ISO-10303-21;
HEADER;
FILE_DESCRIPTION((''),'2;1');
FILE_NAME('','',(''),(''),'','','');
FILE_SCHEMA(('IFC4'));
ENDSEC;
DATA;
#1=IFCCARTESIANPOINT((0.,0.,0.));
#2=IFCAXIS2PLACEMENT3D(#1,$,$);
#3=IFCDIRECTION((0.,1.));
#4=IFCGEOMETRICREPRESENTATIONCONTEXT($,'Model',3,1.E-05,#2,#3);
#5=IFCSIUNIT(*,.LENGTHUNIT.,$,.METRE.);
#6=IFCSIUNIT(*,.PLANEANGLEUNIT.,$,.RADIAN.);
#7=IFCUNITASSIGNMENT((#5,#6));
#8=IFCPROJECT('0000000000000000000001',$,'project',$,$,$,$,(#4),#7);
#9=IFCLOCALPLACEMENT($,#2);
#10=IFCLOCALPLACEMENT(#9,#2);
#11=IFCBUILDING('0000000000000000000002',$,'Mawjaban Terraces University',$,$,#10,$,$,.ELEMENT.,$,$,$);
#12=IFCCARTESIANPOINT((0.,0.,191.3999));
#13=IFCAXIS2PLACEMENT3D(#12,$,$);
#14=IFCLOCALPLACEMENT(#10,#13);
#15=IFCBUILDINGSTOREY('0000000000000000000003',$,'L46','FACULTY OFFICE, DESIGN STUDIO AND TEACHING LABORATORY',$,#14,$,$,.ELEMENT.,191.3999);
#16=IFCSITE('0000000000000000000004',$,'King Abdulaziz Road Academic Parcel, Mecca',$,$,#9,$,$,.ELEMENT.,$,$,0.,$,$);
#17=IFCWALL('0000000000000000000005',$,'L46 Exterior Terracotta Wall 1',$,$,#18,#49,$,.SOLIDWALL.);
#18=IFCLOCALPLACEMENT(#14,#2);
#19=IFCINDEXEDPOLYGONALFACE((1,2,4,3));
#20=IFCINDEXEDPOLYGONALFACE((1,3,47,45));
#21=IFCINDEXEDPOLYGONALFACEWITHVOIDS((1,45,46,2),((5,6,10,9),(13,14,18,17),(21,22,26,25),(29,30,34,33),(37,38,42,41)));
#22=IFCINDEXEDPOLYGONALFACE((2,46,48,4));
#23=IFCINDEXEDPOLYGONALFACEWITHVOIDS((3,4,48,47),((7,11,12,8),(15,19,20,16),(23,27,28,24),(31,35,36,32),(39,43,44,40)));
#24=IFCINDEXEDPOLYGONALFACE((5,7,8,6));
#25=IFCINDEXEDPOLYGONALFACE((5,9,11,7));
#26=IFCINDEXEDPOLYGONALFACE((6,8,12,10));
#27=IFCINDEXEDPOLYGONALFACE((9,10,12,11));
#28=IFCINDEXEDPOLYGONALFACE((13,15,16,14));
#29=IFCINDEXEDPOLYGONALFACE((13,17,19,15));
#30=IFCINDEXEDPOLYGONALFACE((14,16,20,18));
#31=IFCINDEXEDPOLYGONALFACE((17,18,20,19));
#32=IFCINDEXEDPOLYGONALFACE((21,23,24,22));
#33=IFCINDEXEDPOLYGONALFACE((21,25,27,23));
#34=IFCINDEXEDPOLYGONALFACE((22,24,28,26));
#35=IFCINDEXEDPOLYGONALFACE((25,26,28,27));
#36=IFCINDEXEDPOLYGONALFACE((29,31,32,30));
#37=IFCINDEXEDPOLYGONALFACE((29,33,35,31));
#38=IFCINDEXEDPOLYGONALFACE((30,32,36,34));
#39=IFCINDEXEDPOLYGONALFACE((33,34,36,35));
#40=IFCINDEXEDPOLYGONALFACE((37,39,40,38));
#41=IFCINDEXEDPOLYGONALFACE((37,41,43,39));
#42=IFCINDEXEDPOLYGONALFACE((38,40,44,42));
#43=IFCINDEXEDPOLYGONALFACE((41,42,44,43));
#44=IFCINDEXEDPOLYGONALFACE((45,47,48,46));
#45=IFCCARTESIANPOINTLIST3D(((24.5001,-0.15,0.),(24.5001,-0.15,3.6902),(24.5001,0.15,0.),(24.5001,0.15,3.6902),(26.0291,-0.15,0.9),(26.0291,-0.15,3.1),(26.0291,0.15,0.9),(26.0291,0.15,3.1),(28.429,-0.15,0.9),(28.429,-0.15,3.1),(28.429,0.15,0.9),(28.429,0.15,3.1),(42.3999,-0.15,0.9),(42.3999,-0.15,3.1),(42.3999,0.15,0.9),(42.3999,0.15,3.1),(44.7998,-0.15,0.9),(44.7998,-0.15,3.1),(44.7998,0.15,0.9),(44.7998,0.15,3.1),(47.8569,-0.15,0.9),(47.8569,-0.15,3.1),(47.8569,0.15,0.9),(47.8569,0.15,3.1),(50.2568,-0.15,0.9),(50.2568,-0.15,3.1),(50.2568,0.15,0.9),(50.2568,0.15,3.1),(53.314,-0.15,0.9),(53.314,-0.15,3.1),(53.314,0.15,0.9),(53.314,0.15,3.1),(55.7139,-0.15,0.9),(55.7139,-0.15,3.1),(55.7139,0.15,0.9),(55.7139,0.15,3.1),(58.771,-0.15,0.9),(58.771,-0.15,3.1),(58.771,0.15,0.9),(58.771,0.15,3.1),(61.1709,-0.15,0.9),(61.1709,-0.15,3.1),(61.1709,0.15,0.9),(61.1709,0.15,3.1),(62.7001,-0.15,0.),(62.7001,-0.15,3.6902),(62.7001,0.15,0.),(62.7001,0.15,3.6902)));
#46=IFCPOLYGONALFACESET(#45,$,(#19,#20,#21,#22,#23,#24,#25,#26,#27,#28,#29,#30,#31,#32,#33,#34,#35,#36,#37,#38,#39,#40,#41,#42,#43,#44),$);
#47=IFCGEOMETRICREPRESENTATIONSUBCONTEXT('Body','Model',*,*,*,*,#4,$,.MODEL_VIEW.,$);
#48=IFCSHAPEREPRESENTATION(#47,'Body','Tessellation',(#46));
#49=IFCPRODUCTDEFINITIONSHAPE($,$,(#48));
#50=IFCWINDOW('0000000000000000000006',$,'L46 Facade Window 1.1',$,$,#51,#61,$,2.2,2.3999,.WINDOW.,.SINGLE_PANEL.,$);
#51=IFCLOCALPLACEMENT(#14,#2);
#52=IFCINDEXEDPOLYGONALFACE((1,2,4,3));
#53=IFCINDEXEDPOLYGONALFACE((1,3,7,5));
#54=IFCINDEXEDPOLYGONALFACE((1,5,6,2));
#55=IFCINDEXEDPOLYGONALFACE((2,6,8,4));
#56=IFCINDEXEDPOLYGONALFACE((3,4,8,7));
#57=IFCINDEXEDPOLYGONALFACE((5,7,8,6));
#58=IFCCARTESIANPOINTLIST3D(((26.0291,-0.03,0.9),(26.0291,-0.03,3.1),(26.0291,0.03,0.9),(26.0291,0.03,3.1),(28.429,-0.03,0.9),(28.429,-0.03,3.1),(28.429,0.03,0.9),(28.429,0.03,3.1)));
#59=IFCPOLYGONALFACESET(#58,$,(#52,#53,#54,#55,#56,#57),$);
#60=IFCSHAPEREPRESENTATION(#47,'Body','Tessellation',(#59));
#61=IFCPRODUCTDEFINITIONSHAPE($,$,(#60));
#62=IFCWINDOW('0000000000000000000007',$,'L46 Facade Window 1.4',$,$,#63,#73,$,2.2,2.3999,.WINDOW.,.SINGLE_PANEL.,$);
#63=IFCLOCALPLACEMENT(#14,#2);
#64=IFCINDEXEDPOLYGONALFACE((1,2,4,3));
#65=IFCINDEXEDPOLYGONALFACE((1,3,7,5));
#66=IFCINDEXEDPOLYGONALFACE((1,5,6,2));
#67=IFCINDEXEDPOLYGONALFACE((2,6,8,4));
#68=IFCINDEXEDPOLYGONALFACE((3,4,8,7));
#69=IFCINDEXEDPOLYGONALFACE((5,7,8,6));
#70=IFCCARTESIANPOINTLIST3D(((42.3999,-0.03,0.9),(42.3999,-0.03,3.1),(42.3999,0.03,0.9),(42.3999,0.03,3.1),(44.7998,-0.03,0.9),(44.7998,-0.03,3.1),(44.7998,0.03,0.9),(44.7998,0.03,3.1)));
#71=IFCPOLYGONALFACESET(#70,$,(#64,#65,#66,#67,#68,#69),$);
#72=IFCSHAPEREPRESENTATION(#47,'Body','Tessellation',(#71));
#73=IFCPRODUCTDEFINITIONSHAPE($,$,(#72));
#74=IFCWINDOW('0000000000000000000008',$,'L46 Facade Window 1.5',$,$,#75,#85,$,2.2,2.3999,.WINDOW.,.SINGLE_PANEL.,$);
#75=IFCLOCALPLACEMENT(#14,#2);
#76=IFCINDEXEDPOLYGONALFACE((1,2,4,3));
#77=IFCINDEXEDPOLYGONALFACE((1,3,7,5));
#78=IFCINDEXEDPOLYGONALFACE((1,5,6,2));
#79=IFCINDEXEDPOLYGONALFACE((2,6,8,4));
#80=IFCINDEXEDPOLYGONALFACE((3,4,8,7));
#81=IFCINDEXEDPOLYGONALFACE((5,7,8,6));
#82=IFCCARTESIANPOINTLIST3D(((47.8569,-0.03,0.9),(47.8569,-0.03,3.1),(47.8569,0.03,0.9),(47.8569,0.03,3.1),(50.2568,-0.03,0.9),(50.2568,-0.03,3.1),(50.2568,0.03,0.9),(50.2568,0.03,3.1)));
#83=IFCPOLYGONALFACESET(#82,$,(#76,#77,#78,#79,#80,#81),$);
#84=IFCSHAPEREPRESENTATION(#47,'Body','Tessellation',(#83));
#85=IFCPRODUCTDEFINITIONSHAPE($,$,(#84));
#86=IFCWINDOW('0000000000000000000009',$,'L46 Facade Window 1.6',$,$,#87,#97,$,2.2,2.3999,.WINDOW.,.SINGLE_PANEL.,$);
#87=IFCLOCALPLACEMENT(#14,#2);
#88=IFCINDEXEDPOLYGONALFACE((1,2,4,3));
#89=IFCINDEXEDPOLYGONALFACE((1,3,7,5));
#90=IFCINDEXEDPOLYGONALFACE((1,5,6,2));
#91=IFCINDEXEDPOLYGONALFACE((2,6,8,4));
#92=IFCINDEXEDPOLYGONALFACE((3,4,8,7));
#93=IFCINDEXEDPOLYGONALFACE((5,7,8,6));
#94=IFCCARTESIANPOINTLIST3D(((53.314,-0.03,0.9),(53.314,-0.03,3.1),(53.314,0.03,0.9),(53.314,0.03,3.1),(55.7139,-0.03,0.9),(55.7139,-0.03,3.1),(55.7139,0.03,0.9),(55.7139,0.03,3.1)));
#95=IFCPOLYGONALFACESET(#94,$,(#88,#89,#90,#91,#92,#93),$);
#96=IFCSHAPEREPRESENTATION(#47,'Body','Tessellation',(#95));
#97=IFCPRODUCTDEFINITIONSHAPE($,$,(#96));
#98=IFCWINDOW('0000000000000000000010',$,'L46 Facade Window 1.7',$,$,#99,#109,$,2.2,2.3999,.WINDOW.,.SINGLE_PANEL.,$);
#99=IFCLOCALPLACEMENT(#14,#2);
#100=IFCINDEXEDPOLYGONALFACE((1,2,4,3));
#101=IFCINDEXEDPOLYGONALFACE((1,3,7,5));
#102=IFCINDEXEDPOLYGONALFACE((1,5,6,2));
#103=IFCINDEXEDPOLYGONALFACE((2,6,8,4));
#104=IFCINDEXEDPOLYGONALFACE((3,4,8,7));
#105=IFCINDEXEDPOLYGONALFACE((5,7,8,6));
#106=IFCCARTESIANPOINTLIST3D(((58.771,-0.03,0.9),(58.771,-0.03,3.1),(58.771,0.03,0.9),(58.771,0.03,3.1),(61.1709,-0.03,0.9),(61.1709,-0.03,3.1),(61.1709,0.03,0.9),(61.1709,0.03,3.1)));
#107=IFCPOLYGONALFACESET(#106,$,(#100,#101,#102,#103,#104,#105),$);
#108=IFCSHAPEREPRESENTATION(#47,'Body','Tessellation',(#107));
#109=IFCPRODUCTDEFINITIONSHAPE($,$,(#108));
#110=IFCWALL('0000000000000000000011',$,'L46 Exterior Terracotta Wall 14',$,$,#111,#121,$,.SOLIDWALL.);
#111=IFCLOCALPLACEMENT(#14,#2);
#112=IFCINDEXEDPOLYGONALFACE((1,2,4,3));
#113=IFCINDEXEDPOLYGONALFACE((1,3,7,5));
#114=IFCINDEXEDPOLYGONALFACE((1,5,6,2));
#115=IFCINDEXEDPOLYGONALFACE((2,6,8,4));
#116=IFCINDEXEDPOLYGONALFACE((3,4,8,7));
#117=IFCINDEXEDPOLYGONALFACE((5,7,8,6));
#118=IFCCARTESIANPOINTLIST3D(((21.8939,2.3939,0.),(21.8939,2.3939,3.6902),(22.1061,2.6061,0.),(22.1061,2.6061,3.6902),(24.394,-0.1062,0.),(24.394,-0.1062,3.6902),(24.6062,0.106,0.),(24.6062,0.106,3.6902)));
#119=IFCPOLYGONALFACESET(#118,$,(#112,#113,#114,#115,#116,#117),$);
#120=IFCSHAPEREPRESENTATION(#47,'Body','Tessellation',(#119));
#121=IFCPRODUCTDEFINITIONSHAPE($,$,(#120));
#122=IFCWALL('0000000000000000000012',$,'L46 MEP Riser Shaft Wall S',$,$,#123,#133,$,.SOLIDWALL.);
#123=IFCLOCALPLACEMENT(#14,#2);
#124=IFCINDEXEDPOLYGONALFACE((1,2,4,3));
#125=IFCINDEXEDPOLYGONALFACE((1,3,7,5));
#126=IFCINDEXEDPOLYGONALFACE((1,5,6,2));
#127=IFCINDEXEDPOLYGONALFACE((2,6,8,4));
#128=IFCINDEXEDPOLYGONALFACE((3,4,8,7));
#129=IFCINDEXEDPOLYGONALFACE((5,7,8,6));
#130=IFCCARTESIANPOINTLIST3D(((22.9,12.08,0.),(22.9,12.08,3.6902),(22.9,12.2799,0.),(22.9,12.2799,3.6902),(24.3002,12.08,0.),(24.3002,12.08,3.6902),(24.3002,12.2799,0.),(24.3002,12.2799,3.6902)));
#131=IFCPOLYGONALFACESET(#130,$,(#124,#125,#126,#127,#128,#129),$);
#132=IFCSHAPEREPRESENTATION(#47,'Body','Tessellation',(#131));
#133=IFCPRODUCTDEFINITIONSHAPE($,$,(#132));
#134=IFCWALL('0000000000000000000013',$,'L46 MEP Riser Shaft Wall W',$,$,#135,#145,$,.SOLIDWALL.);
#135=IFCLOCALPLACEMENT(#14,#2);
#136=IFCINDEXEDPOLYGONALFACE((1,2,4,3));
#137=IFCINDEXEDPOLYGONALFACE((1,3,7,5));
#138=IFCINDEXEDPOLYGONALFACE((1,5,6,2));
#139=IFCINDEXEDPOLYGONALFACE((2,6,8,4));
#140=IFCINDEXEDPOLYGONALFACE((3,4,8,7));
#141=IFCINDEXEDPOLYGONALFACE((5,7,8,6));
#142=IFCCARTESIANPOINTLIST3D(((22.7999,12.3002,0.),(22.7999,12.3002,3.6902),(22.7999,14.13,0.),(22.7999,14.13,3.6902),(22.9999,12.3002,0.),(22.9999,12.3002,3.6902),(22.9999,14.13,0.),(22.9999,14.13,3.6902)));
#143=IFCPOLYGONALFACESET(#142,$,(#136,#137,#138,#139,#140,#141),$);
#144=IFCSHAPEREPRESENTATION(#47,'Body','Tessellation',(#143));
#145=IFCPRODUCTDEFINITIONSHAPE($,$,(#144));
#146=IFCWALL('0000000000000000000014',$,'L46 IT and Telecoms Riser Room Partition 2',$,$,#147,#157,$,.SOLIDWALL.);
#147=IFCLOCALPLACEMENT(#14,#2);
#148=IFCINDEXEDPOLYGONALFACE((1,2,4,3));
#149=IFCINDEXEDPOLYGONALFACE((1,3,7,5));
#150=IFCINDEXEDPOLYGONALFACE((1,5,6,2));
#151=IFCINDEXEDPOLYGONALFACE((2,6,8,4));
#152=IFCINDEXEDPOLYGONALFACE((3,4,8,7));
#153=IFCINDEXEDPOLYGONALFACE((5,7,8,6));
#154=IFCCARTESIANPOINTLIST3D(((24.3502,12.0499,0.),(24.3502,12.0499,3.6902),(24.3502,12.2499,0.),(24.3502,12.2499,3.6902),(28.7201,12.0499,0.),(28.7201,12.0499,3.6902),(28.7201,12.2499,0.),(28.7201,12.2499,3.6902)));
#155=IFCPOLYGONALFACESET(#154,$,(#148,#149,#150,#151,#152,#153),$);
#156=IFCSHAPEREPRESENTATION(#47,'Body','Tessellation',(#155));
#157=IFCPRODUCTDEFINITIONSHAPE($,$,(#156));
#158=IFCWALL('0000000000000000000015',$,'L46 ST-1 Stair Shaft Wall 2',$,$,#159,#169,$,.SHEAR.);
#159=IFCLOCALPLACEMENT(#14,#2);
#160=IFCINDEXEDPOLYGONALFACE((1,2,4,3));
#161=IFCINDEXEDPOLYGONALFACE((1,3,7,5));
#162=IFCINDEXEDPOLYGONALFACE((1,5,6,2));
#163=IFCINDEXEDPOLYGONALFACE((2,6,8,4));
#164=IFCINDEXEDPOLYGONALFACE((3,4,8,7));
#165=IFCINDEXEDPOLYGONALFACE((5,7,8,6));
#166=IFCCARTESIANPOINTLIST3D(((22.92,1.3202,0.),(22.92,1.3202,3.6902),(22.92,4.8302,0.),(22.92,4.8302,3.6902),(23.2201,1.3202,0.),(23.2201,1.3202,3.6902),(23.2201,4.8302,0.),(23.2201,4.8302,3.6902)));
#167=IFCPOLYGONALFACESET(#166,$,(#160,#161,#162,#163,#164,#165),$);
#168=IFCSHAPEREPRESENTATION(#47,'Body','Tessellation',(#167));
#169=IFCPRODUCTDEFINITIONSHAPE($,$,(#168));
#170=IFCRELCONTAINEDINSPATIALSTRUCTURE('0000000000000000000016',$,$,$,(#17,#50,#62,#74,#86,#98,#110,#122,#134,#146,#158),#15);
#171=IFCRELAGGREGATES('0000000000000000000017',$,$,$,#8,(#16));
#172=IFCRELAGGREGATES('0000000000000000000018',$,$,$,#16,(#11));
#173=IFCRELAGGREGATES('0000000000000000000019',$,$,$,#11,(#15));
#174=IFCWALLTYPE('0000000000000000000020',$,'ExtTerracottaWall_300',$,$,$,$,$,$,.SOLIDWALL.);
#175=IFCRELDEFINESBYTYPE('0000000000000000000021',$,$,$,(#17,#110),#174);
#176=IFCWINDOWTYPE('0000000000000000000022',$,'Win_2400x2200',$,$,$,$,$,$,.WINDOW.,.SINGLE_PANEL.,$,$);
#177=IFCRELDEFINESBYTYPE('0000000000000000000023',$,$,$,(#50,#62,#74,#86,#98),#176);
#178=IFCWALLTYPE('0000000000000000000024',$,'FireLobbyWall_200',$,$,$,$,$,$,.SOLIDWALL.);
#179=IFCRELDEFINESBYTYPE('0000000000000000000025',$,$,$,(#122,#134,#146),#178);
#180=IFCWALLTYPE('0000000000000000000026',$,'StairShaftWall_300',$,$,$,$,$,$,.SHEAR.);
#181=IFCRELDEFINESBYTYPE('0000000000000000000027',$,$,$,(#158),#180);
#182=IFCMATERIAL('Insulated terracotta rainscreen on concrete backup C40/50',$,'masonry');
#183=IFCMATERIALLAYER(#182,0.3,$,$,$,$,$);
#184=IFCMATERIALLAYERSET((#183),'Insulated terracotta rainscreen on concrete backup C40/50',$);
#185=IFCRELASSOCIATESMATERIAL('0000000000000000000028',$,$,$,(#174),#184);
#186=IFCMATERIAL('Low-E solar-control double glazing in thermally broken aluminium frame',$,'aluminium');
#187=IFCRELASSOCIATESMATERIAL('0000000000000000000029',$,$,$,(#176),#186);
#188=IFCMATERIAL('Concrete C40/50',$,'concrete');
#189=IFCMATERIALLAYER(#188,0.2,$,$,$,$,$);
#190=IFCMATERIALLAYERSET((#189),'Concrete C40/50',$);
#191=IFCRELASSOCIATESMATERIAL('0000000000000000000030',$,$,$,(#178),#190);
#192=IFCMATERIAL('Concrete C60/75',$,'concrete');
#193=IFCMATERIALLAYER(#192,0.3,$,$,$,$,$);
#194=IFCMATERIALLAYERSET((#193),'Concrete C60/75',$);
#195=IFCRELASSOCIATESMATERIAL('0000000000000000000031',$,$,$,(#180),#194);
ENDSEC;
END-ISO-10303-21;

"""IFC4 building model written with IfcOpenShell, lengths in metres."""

from ifc_helpers import new_model, si_unit, direction, frame, frame_2d, origin, place, context, subcontext, project, spatial, rectangle, extrude, material, layer, layer_set, type_object, element, fill, save


model = new_model("IFC4")

# Units and contexts
model_context = context("Model", 3, precision=1e-05, world=origin(), true_north=direction((0.0, 1.0)))
body_context = subcontext(model_context, "Body", "Model", "MODEL_VIEW")
ifc_project = project(units=[si_unit("LENGTHUNIT", "METRE"), si_unit("PLANEANGLEUNIT", "RADIAN")], contexts=[model_context])

# Site, building, storey
site_placement = place(None, origin())
site = spatial("IfcSite", under=ifc_project, at=site_placement, Name="King Abdulaziz Road Academic Parcel, Mecca", CompositionType="ELEMENT", RefElevation=0.0)
building_placement = place(site_placement, origin())
building = spatial("IfcBuilding", under=site, at=building_placement, Name="Mawjaban Terraces University", CompositionType="ELEMENT")
storey_placement = place(building_placement, frame((0.0, 0.0, 191.3999)))
storey = spatial("IfcBuildingStorey", under=building, at=storey_placement, Name="L46", Description="FACULTY OFFICE, DESIGN STUDIO AND TEACHING LABORATORY", CompositionType="ELEMENT", Elevation=191.3999)

# Shared definitions
ifc_material_1 = material(Name="Concrete C60/75", Category="concrete")

# Wall, openings, windows
ifc_material_2 = material(Name="Insulated terracotta rainscreen on concrete backup C40/50", Category="masonry")
ifc_layer_1 = layer(ifc_material_2, 0.3)
ifc_layer_set_1 = layer_set([ifc_layer_1], Name="Insulated terracotta rainscreen on concrete backup C40/50")
wall_type_1 = type_object("IfcWallType", Name="ExtTerracottaWall_300", PredefinedType="SOLIDWALL", material=ifc_layer_set_1)
wall_1_placement = place(storey_placement, frame((24.5, 0.0, 0.0), z_axis=(0.0, 0.0, 1.0), x_axis=(1.0, 0.0, 0.0)))
wall_1 = element("IfcWall", 1, at=wall_1_placement, inside=storey, type_object=wall_type_1, Name="L46 Exterior Terracotta Wall 1", PredefinedType="SOLIDWALL", context=body_context, shape_type="SweptSolid", body=[
    extrude(rectangle(XDim=38.2, YDim=0.3, at=frame_2d((19.1001, 0.0))), origin(), (0.0, 0.0, 1.0), 3.6902),
])
opening_1_placement = place(wall_1_placement, frame((1.5291, 0.0, 0.8999)))
opening_1 = element("IfcOpeningElement", 2, at=opening_1_placement, cuts=wall_1, PredefinedType="OPENING", context=body_context, shape_type="SweptSolid", body=[
    extrude(rectangle(XDim=2.3999, YDim=2.2, at=frame_2d((1.2, 1.1001))), frame((0.0, 0.1599, 0.0), z_axis=(0.0, -1.0, 0.0), x_axis=(1.0, 0.0, 0.0)), (0.0, 0.0, 1.0), 0.3201),
])
opening_2_placement = place(wall_1_placement, frame((17.8999, 0.0, 0.8999)))
opening_2 = element("IfcOpeningElement", 3, at=opening_2_placement, cuts=wall_1, PredefinedType="OPENING", context=body_context, shape_type="SweptSolid", body=[
    extrude(rectangle(XDim=2.3999, YDim=2.2, at=frame_2d((1.2, 1.1001))), frame((0.0, 0.1599, 0.0), z_axis=(0.0, -1.0, 0.0), x_axis=(1.0, 0.0, 0.0)), (0.0, 0.0, 1.0), 0.3201),
])
opening_3_placement = place(wall_1_placement, frame((23.3569, 0.0, 0.8999)))
opening_3 = element("IfcOpeningElement", 4, at=opening_3_placement, cuts=wall_1, PredefinedType="OPENING", context=body_context, shape_type="SweptSolid", body=[
    extrude(rectangle(XDim=2.3999, YDim=2.2, at=frame_2d((1.2, 1.1001))), frame((0.0, 0.1599, 0.0), z_axis=(0.0, -1.0, 0.0), x_axis=(1.0, 0.0, 0.0)), (0.0, 0.0, 1.0), 0.3201),
])
opening_4_placement = place(wall_1_placement, frame((28.814, 0.0, 0.8999)))
opening_4 = element("IfcOpeningElement", 5, at=opening_4_placement, cuts=wall_1, PredefinedType="OPENING", context=body_context, shape_type="SweptSolid", body=[
    extrude(rectangle(XDim=2.3999, YDim=2.2, at=frame_2d((1.2, 1.1001))), frame((0.0, 0.1599, 0.0), z_axis=(0.0, -1.0, 0.0), x_axis=(1.0, 0.0, 0.0)), (0.0, 0.0, 1.0), 0.3201),
])
opening_5_placement = place(wall_1_placement, frame((34.271, 0.0, 0.8999)))
opening_5 = element("IfcOpeningElement", 6, at=opening_5_placement, cuts=wall_1, PredefinedType="OPENING", context=body_context, shape_type="SweptSolid", body=[
    extrude(rectangle(XDim=2.3999, YDim=2.2, at=frame_2d((1.2, 1.1001))), frame((0.0, 0.1599, 0.0), z_axis=(0.0, -1.0, 0.0), x_axis=(1.0, 0.0, 0.0)), (0.0, 0.0, 1.0), 0.3201),
])
ifc_material_3 = material(Name="Low-E solar-control double glazing in thermally broken aluminium frame", Category="aluminium")
window_type = type_object("IfcWindowType", Name="Win_2400x2200", PartitioningType="SINGLE_PANEL", PredefinedType="WINDOW", material=ifc_material_3)
window_1_placement = place(opening_1_placement, origin())
window_1 = element("IfcWindow", 7, at=window_1_placement, inside=storey, type_object=window_type, Name="L46 Facade Window 1.1", OverallHeight=2.2, OverallWidth=2.3999, PartitioningType="SINGLE_PANEL", PredefinedType="WINDOW", context=body_context, shape_type="SweptSolid", body=[
    extrude(rectangle(XDim=2.3999, YDim=2.2, at=frame_2d((1.2, 1.1001))), frame((0.0, 0.03, 0.0), z_axis=(0.0, -1.0, 0.0), x_axis=(1.0, 0.0, 0.0)), (0.0, 0.0, 1.0), 0.0601),
])
fill(opening_1, window_1)
window_2_placement = place(opening_2_placement, origin())
window_2 = element("IfcWindow", 8, at=window_2_placement, inside=storey, type_object=window_type, Name="L46 Facade Window 1.4", OverallHeight=2.2, OverallWidth=2.3999, PartitioningType="SINGLE_PANEL", PredefinedType="WINDOW", context=body_context, shape_type="SweptSolid", body=[
    extrude(rectangle(XDim=2.3999, YDim=2.2, at=frame_2d((1.2, 1.1001))), frame((0.0, 0.03, 0.0), z_axis=(0.0, -1.0, 0.0), x_axis=(1.0, 0.0, 0.0)), (0.0, 0.0, 1.0), 0.0601),
])
fill(opening_2, window_2)
window_3_placement = place(opening_3_placement, origin())
window_3 = element("IfcWindow", 9, at=window_3_placement, inside=storey, type_object=window_type, Name="L46 Facade Window 1.5", OverallHeight=2.2, OverallWidth=2.3999, PartitioningType="SINGLE_PANEL", PredefinedType="WINDOW", context=body_context, shape_type="SweptSolid", body=[
    extrude(rectangle(XDim=2.3999, YDim=2.2, at=frame_2d((1.2, 1.1001))), frame((0.0, 0.03, 0.0), z_axis=(0.0, -1.0, 0.0), x_axis=(1.0, 0.0, 0.0)), (0.0, 0.0, 1.0), 0.0601),
])
fill(opening_3, window_3)
window_4_placement = place(opening_4_placement, origin())
window_4 = element("IfcWindow", 10, at=window_4_placement, inside=storey, type_object=window_type, Name="L46 Facade Window 1.6", OverallHeight=2.2, OverallWidth=2.3999, PartitioningType="SINGLE_PANEL", PredefinedType="WINDOW", context=body_context, shape_type="SweptSolid", body=[
    extrude(rectangle(XDim=2.3999, YDim=2.2, at=frame_2d((1.2, 1.1001))), frame((0.0, 0.03, 0.0), z_axis=(0.0, -1.0, 0.0), x_axis=(1.0, 0.0, 0.0)), (0.0, 0.0, 1.0), 0.0601),
])
fill(opening_4, window_4)
window_5_placement = place(opening_5_placement, origin())
window_5 = element("IfcWindow", 11, at=window_5_placement, inside=storey, type_object=window_type, Name="L46 Facade Window 1.7", OverallHeight=2.2, OverallWidth=2.3999, PartitioningType="SINGLE_PANEL", PredefinedType="WINDOW", context=body_context, shape_type="SweptSolid", body=[
    extrude(rectangle(XDim=2.3999, YDim=2.2, at=frame_2d((1.2, 1.1001))), frame((0.0, 0.03, 0.0), z_axis=(0.0, -1.0, 0.0), x_axis=(1.0, 0.0, 0.0)), (0.0, 0.0, 1.0), 0.0601),
])
fill(opening_5, window_5)

# Walls
wall_2_placement = place(storey_placement, frame((22.0, 2.5, 0.0), z_axis=(0.0, 0.0, 1.0), x_axis=(0.707107, -0.707107, 0.0)))
element("IfcWall", 12, at=wall_2_placement, inside=storey, type_object=wall_type_1, Name="L46 Exterior Terracotta Wall 14", PredefinedType="SOLIDWALL", context=body_context, shape_type="SweptSolid", body=[
    extrude(rectangle(XDim=3.5356, YDim=0.3, at=frame_2d((1.7678, 0.0))), origin(), (0.0, 0.0, 1.0), 3.6902),
])
ifc_material_4 = material(Name="Concrete C40/50", Category="concrete")
ifc_layer_2 = layer(ifc_material_4, 0.2)
ifc_layer_set_2 = layer_set([ifc_layer_2], Name="Concrete C40/50")
wall_type_2 = type_object("IfcWallType", Name="FireLobbyWall_200", PredefinedType="SOLIDWALL", material=ifc_layer_set_2)
wall_3_placement = place(storey_placement, frame((22.8999, 12.1799, 0.0), z_axis=(0.0, 0.0, 1.0), x_axis=(1.0, 0.0, 0.0)))
element("IfcWall", 13, at=wall_3_placement, inside=storey, type_object=wall_type_2, Name="L46 MEP Riser Shaft Wall S", PredefinedType="SOLIDWALL", context=body_context, shape_type="SweptSolid", body=[
    extrude(rectangle(XDim=1.4001, YDim=0.2, at=frame_2d((0.7002, 0.0))), origin(), (0.0, 0.0, 1.0), 3.6902),
])
wall_4_placement = place(storey_placement, frame((22.8999, 12.3, 0.0), z_axis=(0.0, 0.0, 1.0), x_axis=(0.0, 1.0, 0.0)))
element("IfcWall", 14, at=wall_4_placement, inside=storey, type_object=wall_type_2, Name="L46 MEP Riser Shaft Wall W", PredefinedType="SOLIDWALL", context=body_context, shape_type="SweptSolid", body=[
    extrude(rectangle(XDim=1.8298, YDim=0.2, at=frame_2d((0.915, 0.0))), origin(), (0.0, 0.0, 1.0), 3.6902),
])
wall_5_placement = place(storey_placement, frame((24.3501, 12.1499, 0.0), z_axis=(0.0, 0.0, 1.0), x_axis=(1.0, 0.0, 0.0)))
element("IfcWall", 15, at=wall_5_placement, inside=storey, type_object=wall_type_2, Name="L46 IT and Telecoms Riser Room Partition 2", PredefinedType="SOLIDWALL", context=body_context, shape_type="SweptSolid", body=[
    extrude(rectangle(XDim=4.3699, YDim=0.2, at=frame_2d((2.1851, 0.0))), origin(), (0.0, 0.0, 1.0), 3.6902),
])
ifc_layer_3 = layer(ifc_material_1, 0.3)
ifc_layer_set_3 = layer_set([ifc_layer_3], Name="Concrete C60/75")
wall_type_3 = type_object("IfcWallType", Name="StairShaftWall_300", PredefinedType="SHEAR", material=ifc_layer_set_3)
wall_6_placement = place(storey_placement, frame((23.0701, 4.8301, 0.0), z_axis=(0.0, 0.0, 1.0), x_axis=(0.0, -1.0, 0.0)))
element("IfcWall", 16, at=wall_6_placement, inside=storey, type_object=wall_type_3, Name="L46 ST-1 Stair Shaft Wall 2", PredefinedType="SHEAR", context=body_context, shape_type="SweptSolid", body=[
    extrude(rectangle(XDim=3.51, YDim=0.3, at=frame_2d((1.7549, 0.0))), origin(), (0.0, 0.0, 1.0), 3.6902),
])

save(model, "model.ifc")
